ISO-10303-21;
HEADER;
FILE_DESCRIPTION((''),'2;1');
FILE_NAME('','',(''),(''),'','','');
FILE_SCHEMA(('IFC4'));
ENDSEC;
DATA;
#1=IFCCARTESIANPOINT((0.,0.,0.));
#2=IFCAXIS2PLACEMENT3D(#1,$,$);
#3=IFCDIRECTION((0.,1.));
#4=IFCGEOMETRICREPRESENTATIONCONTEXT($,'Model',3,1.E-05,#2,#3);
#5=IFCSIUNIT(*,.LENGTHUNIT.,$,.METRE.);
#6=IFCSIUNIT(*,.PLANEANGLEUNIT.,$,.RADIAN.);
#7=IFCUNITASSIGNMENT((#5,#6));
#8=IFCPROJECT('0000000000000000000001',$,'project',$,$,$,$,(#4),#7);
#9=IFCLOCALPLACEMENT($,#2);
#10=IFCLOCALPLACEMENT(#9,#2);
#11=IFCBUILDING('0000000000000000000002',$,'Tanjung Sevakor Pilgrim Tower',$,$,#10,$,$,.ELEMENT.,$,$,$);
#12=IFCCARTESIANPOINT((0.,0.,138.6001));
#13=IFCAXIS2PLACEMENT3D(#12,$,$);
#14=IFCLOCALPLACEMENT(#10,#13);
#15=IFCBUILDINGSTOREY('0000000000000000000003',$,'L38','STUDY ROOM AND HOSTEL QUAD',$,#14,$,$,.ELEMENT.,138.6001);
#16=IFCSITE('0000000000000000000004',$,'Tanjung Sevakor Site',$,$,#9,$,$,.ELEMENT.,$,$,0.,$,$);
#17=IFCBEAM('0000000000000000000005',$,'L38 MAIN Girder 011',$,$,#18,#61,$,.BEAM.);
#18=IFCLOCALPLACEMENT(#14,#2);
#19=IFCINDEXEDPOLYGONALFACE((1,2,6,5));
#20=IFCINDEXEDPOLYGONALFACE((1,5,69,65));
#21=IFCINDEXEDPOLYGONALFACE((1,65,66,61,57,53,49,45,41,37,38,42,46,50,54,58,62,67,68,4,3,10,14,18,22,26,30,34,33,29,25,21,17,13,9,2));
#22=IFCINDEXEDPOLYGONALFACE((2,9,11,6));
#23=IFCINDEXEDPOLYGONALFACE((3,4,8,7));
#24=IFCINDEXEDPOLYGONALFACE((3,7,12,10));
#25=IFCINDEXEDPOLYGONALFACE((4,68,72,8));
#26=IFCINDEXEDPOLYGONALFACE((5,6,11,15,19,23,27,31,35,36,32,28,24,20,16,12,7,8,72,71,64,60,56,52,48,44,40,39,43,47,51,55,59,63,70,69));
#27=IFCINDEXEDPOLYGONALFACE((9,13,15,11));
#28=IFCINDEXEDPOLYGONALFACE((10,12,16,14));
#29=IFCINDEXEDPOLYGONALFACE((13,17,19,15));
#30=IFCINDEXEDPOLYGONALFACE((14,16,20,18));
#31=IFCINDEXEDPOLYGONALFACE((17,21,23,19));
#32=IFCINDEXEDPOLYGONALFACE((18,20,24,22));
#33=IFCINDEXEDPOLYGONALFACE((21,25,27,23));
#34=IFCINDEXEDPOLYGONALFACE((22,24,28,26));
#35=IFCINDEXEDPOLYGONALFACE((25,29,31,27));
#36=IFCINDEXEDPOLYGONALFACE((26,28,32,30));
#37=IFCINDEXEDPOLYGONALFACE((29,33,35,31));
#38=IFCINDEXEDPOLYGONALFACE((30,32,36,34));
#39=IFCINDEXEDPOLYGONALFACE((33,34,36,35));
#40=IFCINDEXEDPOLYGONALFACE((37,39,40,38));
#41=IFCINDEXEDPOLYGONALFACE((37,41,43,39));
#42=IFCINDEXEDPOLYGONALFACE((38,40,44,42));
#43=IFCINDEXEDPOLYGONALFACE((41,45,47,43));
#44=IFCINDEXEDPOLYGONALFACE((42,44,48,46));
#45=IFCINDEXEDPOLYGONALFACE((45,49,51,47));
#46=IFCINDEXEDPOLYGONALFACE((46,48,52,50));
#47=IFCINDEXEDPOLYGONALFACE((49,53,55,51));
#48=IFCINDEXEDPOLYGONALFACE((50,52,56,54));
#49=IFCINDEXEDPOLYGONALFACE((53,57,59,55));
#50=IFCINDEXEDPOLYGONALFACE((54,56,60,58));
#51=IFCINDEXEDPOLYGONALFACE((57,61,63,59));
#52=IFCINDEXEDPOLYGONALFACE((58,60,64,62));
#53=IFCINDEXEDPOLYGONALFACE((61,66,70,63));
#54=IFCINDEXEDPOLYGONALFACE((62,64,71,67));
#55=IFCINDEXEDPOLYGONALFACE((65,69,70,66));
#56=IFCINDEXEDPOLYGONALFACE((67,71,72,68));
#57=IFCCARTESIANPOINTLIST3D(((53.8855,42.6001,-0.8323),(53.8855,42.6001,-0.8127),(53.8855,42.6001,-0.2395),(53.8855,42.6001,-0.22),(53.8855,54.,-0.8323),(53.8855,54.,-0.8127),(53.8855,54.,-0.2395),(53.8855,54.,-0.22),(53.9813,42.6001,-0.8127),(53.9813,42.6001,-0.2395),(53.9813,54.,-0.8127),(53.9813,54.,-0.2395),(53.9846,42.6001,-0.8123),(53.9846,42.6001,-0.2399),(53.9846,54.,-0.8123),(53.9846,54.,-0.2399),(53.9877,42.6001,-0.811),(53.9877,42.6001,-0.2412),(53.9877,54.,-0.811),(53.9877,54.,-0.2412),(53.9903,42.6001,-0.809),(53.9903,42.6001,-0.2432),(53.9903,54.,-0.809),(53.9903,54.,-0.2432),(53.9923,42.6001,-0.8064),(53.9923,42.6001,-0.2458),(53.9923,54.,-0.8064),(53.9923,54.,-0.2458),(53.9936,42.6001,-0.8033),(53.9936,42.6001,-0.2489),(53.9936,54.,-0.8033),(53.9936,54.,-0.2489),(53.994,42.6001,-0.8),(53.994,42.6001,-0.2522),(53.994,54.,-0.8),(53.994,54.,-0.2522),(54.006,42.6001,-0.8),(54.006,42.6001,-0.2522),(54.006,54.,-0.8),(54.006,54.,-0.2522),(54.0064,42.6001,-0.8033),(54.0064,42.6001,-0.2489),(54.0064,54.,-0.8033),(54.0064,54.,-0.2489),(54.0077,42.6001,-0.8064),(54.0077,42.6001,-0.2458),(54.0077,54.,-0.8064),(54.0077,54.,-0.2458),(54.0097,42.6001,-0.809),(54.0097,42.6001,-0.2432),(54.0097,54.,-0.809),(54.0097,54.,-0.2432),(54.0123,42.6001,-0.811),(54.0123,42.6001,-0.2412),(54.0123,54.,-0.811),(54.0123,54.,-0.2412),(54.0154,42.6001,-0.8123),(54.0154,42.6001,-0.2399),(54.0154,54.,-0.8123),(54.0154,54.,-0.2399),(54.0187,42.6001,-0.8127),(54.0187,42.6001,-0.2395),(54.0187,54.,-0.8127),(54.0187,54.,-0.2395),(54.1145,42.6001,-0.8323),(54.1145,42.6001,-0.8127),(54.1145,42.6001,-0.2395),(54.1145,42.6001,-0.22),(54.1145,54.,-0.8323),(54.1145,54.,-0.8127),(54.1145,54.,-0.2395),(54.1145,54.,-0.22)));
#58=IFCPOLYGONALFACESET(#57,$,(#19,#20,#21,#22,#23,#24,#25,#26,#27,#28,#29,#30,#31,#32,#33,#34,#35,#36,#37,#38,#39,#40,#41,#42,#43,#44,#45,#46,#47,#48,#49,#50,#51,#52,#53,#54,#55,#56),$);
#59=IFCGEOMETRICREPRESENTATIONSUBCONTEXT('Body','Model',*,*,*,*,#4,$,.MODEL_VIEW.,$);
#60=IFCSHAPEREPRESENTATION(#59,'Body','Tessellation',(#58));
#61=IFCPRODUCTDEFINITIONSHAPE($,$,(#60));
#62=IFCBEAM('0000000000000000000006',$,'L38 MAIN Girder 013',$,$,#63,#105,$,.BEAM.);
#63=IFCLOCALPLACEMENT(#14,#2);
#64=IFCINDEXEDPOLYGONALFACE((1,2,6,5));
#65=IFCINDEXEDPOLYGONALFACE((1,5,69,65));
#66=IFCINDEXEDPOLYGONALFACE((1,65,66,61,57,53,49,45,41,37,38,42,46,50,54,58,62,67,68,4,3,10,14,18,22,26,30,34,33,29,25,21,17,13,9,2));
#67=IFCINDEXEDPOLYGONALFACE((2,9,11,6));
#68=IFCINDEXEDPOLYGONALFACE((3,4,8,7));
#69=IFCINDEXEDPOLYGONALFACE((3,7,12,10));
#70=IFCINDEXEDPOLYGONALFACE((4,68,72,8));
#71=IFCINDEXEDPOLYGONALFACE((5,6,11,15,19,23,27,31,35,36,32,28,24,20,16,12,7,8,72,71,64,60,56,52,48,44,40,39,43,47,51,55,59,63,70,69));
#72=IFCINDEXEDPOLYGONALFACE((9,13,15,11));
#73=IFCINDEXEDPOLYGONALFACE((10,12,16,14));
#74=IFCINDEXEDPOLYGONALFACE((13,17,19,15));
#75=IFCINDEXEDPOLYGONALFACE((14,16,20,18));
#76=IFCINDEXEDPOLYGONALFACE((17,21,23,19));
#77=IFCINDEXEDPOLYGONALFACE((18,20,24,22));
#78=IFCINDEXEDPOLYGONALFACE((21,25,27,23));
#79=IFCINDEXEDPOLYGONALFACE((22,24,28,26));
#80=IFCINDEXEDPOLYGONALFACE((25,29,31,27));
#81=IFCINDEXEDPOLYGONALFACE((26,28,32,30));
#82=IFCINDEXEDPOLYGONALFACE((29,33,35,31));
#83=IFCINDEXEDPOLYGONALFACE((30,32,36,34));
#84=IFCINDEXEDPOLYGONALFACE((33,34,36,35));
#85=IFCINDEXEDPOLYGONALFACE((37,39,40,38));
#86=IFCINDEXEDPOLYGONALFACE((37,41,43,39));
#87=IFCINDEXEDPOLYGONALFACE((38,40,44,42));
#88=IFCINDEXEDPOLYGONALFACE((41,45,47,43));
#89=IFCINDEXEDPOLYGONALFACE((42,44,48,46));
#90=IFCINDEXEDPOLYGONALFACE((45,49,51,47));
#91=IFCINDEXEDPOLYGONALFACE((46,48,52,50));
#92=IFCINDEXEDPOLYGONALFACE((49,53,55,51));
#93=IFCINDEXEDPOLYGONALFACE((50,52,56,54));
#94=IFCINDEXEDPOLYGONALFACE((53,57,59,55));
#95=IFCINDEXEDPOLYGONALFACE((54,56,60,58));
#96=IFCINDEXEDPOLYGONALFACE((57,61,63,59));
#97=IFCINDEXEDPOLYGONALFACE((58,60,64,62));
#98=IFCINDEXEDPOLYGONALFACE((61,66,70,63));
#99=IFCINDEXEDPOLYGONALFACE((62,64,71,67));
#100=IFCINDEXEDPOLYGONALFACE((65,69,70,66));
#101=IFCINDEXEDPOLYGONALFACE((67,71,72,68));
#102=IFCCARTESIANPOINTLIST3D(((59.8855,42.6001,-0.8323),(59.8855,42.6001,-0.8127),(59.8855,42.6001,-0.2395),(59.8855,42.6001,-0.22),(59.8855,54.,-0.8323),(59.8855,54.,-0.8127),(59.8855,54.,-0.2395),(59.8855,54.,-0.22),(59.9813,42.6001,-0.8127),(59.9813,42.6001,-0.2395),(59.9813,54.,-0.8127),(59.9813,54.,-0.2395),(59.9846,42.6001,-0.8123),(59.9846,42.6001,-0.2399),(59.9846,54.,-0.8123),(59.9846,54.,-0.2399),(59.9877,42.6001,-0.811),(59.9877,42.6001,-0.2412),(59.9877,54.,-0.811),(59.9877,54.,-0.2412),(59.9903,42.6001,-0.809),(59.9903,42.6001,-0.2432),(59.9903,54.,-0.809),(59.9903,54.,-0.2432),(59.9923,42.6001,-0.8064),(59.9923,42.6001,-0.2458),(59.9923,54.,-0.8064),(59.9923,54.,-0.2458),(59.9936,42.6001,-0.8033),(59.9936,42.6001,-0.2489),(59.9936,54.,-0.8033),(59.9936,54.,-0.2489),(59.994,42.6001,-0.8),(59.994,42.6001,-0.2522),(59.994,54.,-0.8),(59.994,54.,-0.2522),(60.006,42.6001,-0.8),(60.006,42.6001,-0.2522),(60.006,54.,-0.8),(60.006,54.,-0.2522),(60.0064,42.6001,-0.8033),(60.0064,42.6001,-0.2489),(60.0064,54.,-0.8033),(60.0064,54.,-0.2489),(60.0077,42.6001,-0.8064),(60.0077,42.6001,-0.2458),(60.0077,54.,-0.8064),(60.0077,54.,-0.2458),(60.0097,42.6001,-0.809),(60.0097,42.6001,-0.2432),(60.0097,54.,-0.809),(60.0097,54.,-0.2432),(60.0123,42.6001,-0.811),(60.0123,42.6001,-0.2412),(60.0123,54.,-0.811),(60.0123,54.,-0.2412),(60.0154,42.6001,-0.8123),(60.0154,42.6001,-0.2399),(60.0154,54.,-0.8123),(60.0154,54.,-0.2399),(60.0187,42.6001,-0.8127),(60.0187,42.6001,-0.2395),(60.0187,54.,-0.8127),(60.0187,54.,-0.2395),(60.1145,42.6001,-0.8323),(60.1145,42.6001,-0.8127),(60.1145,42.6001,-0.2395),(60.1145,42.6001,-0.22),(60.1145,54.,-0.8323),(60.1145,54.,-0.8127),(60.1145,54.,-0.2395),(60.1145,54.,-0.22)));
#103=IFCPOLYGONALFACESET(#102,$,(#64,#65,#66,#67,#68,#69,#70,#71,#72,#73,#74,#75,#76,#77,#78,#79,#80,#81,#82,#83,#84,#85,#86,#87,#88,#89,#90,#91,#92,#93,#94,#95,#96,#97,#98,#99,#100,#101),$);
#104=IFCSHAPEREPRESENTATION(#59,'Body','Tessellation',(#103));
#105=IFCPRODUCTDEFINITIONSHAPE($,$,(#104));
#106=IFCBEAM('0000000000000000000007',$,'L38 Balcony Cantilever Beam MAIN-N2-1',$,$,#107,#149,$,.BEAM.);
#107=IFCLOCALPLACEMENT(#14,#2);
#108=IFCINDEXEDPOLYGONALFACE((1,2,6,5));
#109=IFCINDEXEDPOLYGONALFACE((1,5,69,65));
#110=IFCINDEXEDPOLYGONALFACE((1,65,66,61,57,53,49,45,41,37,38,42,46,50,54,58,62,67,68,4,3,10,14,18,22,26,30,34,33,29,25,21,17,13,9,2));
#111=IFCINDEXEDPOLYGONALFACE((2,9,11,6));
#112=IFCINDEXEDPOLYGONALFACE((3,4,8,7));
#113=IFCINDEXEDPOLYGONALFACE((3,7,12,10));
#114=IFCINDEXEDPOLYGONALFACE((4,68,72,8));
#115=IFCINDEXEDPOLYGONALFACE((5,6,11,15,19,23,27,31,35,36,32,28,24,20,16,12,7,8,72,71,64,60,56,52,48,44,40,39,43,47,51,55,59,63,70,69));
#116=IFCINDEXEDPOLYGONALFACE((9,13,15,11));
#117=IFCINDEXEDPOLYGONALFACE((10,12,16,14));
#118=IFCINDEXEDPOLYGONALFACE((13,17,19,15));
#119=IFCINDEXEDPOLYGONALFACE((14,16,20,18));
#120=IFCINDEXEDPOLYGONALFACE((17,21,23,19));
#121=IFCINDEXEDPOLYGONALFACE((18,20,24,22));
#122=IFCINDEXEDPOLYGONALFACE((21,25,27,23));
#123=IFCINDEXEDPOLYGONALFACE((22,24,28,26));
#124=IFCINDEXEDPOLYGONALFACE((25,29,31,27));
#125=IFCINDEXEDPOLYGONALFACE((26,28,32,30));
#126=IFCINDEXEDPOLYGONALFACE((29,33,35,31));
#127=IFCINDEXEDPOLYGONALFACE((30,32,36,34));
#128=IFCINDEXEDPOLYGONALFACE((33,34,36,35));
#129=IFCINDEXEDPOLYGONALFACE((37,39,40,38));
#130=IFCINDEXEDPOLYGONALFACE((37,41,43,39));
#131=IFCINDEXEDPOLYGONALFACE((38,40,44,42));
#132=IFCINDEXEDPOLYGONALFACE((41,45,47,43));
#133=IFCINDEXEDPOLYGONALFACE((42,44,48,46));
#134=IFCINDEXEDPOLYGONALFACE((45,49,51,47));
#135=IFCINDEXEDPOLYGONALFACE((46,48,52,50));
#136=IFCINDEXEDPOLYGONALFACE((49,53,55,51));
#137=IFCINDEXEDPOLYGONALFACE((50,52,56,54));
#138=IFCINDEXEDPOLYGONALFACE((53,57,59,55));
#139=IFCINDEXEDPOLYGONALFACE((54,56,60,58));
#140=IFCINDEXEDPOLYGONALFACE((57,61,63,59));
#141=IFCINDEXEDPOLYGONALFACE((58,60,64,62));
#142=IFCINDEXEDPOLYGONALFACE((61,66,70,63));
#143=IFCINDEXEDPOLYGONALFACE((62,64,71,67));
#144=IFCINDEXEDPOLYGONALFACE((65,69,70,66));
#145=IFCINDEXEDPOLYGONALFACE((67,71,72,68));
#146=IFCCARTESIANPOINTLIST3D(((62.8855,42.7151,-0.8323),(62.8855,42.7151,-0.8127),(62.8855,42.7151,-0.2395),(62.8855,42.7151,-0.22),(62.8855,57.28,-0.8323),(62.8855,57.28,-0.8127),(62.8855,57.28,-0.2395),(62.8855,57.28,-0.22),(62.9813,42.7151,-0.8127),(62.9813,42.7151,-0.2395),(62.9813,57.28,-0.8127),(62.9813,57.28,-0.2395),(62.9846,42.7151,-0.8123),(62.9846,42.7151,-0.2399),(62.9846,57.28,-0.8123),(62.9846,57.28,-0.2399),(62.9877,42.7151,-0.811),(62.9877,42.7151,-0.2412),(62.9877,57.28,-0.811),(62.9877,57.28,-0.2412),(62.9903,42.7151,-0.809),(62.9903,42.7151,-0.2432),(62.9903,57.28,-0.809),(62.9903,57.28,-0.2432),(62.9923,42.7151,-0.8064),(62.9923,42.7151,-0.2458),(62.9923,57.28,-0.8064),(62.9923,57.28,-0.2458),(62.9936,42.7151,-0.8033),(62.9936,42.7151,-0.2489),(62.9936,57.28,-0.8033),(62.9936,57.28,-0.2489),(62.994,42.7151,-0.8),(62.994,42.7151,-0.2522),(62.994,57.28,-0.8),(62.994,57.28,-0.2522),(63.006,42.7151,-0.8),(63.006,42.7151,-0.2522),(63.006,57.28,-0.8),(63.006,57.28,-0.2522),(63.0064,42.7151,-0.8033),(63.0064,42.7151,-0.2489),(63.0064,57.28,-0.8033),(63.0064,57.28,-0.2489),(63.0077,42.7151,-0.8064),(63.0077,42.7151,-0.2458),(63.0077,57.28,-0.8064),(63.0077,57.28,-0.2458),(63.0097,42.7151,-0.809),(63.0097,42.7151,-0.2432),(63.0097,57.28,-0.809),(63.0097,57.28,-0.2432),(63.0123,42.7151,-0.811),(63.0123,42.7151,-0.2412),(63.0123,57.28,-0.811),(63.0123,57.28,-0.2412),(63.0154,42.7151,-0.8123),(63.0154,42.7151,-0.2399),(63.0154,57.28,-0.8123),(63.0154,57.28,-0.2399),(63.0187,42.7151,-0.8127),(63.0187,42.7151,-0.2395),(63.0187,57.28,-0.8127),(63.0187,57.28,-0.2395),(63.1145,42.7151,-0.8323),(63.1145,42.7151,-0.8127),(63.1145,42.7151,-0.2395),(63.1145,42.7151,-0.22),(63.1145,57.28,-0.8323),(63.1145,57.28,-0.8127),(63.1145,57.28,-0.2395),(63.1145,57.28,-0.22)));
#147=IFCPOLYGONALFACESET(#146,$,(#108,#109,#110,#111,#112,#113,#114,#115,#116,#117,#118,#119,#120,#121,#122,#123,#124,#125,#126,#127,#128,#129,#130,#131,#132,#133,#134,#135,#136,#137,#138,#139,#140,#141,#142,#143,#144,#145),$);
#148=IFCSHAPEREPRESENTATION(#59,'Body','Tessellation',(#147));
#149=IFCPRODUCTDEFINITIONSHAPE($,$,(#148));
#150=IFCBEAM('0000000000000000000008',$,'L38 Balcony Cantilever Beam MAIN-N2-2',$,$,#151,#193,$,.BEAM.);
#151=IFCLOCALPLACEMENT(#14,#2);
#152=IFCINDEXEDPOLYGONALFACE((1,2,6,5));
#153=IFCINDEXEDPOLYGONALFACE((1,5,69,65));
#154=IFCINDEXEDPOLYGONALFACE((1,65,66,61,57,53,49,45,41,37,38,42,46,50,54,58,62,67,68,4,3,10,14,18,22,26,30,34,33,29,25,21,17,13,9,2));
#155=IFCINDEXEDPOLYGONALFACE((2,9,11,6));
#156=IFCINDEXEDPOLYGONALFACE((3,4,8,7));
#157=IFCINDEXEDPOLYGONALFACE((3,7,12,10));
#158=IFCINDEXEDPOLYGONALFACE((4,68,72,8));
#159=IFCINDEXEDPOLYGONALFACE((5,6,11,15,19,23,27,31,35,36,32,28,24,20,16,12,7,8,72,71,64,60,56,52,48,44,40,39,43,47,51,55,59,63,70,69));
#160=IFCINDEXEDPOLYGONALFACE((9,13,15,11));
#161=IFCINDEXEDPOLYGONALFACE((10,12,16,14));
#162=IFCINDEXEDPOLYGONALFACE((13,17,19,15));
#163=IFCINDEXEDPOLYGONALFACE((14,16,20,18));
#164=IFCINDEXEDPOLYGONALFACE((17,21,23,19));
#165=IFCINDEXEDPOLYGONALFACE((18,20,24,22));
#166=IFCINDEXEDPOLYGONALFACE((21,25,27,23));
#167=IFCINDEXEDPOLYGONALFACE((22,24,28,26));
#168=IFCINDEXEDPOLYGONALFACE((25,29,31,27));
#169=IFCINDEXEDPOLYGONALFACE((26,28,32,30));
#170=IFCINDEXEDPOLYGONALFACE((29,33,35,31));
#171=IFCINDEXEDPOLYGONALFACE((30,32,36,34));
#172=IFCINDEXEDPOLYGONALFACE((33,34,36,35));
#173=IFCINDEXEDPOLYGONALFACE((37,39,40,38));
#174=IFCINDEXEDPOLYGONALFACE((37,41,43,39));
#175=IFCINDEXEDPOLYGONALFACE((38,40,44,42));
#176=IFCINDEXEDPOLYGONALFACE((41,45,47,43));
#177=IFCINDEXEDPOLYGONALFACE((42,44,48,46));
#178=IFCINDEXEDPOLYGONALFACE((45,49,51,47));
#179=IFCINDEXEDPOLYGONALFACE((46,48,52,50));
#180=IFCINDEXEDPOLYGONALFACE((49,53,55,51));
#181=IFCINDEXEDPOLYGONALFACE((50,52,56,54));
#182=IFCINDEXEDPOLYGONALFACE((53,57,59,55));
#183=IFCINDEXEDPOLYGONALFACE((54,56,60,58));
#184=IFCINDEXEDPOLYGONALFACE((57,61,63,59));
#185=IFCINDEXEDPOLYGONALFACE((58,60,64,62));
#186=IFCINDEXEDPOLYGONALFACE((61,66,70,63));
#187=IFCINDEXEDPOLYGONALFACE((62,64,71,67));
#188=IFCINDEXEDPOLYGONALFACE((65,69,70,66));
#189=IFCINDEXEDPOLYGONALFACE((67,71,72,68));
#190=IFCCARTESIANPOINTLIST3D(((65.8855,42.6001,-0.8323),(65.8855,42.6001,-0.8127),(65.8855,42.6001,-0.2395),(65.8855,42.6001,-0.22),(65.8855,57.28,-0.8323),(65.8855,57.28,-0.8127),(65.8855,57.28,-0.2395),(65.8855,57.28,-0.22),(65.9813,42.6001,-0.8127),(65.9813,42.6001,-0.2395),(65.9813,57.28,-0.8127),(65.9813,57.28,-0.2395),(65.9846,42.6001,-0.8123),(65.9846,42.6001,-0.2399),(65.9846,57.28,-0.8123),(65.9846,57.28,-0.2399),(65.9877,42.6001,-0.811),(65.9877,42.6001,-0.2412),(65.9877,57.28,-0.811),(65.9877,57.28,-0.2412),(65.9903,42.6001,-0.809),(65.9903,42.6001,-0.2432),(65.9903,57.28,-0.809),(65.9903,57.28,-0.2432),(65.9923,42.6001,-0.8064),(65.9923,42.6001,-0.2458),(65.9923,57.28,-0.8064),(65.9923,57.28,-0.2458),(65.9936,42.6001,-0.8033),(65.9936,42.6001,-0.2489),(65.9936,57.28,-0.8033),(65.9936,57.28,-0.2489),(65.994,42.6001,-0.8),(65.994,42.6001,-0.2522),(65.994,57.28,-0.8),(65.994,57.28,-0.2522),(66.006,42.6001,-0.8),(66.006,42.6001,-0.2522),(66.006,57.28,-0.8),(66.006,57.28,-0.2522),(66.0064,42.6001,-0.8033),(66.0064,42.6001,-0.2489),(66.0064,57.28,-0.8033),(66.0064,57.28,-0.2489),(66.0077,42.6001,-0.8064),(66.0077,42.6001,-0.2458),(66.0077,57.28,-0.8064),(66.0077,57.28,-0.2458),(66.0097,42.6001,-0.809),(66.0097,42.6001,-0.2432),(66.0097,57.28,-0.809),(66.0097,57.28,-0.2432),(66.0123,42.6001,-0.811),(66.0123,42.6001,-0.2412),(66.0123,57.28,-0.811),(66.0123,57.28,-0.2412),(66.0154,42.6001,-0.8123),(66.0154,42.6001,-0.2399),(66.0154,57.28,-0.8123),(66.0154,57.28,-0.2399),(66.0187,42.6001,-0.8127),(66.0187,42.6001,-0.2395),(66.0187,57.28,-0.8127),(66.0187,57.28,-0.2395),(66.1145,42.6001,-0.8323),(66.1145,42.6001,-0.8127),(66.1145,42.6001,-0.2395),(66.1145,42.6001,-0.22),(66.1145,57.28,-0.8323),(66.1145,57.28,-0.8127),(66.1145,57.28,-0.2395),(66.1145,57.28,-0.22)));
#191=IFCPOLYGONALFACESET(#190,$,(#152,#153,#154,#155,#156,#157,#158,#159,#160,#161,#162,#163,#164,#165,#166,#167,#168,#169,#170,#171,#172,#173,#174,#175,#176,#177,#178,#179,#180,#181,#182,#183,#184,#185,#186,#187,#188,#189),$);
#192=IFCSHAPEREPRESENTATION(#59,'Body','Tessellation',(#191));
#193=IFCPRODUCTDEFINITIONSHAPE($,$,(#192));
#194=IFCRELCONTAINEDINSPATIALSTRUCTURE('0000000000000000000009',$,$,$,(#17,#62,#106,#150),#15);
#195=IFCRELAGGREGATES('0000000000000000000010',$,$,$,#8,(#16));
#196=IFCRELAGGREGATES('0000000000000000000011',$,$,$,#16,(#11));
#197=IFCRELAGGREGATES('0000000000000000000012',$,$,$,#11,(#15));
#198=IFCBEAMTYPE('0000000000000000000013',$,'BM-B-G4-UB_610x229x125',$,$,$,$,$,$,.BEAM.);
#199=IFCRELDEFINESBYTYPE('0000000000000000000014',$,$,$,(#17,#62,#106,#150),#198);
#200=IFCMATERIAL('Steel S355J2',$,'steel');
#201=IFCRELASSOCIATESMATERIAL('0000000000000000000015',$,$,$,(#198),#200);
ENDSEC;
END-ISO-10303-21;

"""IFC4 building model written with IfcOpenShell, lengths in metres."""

from ifc_helpers import new_model, si_unit, direction, frame, origin, origin_2d, place, context, subcontext, project, spatial, i_section, extrude, material, material_profile, profile_set, type_object, element, save


model = new_model("IFC4")

# Units and contexts
model_context = context("Model", 3, precision=1e-05, world=origin(), true_north=direction((0.0, 1.0)))
body_context = subcontext(model_context, "Body", "Model", "MODEL_VIEW")
ifc_project = project(units=[si_unit("LENGTHUNIT", "METRE"), si_unit("PLANEANGLEUNIT", "RADIAN")], contexts=[model_context])

# Site, building, storey
site_placement = place(None, origin())
site = spatial("IfcSite", under=ifc_project, at=site_placement, Name="Tanjung Sevakor Site", CompositionType="ELEMENT", RefElevation=0.0)
building_placement = place(site_placement, origin())
building = spatial("IfcBuilding", under=site, at=building_placement, Name="Tanjung Sevakor Pilgrim Tower", CompositionType="ELEMENT")
storey_placement = place(building_placement, frame((0.0, 0.0, 138.6001)))
storey = spatial("IfcBuildingStorey", under=building, at=storey_placement, Name="L38", Description="STUDY ROOM AND HOSTEL QUAD", CompositionType="ELEMENT", Elevation=138.6001)

# Beams
ifc_material_1 = material(Name="Steel S355J2", Category="steel")
ifc_material_profile_1 = material_profile(ifc_material_1, i_section(OverallWidth=0.229, OverallDepth=0.6123, WebThickness=0.012, FlangeThickness=0.0195, FilletRadius=0.0127, at=origin_2d()))
ifc_profile_set_1 = profile_set([ifc_material_profile_1], Name="Steel S355J2")
beam_type_1 = type_object("IfcBeamType", Name="BM-B-G4-UB_610x229x125", PredefinedType="BEAM", material=ifc_profile_set_1)
for number, where, z_axis, x_axis, name in (
    (1, (54.0, 42.6001, -0.5261), (0.0, 1.0, 0.0), (-1.0, 0.0, 0.0), "L38 MAIN Girder 011"),
    (2, (60.0, 42.6001, -0.5261), (0.0, 1.0, 0.0), (-1.0, 0.0, 0.0), "L38 MAIN Girder 013"),
):
    element("IfcBeam", number, at=place(storey_placement, frame(where, z_axis=z_axis, x_axis=x_axis)), inside=storey, type_object=beam_type_1, Name=name, PredefinedType="BEAM", context=body_context, shape_type="SweptSolid", body=[
        extrude(i_section(OverallWidth=0.229, OverallDepth=0.6123, WebThickness=0.012, FlangeThickness=0.0195, FilletRadius=0.0127, at=origin_2d()), origin(), (0.0, 0.0, 1.0), 11.3999),
    ])
beam_1_placement = place(storey_placement, frame((63.0, 42.7151, -0.5261), z_axis=(0.0, 1.0, 0.0), x_axis=(-1.0, 0.0, 0.0)))
element("IfcBeam", 3, at=beam_1_placement, inside=storey, type_object=beam_type_1, Name="L38 Balcony Cantilever Beam MAIN-N2-1", PredefinedType="BEAM", context=body_context, shape_type="SweptSolid", body=[
    extrude(i_section(OverallWidth=0.229, OverallDepth=0.6123, WebThickness=0.012, FlangeThickness=0.0195, FilletRadius=0.0127, at=origin_2d()), origin(), (0.0, 0.0, 1.0), 14.5649),
])
beam_2_placement = place(storey_placement, frame((66.0, 42.6001, -0.5261), z_axis=(0.0, 1.0, 0.0), x_axis=(-1.0, 0.0, 0.0)))
element("IfcBeam", 4, at=beam_2_placement, inside=storey, type_object=beam_type_1, Name="L38 Balcony Cantilever Beam MAIN-N2-2", PredefinedType="BEAM", context=body_context, shape_type="SweptSolid", body=[
    extrude(i_section(OverallWidth=0.229, OverallDepth=0.6123, WebThickness=0.012, FlangeThickness=0.0195, FilletRadius=0.0127, at=origin_2d()), origin(), (0.0, 0.0, 1.0), 14.6799),
])

save(model, "model.ifc")
